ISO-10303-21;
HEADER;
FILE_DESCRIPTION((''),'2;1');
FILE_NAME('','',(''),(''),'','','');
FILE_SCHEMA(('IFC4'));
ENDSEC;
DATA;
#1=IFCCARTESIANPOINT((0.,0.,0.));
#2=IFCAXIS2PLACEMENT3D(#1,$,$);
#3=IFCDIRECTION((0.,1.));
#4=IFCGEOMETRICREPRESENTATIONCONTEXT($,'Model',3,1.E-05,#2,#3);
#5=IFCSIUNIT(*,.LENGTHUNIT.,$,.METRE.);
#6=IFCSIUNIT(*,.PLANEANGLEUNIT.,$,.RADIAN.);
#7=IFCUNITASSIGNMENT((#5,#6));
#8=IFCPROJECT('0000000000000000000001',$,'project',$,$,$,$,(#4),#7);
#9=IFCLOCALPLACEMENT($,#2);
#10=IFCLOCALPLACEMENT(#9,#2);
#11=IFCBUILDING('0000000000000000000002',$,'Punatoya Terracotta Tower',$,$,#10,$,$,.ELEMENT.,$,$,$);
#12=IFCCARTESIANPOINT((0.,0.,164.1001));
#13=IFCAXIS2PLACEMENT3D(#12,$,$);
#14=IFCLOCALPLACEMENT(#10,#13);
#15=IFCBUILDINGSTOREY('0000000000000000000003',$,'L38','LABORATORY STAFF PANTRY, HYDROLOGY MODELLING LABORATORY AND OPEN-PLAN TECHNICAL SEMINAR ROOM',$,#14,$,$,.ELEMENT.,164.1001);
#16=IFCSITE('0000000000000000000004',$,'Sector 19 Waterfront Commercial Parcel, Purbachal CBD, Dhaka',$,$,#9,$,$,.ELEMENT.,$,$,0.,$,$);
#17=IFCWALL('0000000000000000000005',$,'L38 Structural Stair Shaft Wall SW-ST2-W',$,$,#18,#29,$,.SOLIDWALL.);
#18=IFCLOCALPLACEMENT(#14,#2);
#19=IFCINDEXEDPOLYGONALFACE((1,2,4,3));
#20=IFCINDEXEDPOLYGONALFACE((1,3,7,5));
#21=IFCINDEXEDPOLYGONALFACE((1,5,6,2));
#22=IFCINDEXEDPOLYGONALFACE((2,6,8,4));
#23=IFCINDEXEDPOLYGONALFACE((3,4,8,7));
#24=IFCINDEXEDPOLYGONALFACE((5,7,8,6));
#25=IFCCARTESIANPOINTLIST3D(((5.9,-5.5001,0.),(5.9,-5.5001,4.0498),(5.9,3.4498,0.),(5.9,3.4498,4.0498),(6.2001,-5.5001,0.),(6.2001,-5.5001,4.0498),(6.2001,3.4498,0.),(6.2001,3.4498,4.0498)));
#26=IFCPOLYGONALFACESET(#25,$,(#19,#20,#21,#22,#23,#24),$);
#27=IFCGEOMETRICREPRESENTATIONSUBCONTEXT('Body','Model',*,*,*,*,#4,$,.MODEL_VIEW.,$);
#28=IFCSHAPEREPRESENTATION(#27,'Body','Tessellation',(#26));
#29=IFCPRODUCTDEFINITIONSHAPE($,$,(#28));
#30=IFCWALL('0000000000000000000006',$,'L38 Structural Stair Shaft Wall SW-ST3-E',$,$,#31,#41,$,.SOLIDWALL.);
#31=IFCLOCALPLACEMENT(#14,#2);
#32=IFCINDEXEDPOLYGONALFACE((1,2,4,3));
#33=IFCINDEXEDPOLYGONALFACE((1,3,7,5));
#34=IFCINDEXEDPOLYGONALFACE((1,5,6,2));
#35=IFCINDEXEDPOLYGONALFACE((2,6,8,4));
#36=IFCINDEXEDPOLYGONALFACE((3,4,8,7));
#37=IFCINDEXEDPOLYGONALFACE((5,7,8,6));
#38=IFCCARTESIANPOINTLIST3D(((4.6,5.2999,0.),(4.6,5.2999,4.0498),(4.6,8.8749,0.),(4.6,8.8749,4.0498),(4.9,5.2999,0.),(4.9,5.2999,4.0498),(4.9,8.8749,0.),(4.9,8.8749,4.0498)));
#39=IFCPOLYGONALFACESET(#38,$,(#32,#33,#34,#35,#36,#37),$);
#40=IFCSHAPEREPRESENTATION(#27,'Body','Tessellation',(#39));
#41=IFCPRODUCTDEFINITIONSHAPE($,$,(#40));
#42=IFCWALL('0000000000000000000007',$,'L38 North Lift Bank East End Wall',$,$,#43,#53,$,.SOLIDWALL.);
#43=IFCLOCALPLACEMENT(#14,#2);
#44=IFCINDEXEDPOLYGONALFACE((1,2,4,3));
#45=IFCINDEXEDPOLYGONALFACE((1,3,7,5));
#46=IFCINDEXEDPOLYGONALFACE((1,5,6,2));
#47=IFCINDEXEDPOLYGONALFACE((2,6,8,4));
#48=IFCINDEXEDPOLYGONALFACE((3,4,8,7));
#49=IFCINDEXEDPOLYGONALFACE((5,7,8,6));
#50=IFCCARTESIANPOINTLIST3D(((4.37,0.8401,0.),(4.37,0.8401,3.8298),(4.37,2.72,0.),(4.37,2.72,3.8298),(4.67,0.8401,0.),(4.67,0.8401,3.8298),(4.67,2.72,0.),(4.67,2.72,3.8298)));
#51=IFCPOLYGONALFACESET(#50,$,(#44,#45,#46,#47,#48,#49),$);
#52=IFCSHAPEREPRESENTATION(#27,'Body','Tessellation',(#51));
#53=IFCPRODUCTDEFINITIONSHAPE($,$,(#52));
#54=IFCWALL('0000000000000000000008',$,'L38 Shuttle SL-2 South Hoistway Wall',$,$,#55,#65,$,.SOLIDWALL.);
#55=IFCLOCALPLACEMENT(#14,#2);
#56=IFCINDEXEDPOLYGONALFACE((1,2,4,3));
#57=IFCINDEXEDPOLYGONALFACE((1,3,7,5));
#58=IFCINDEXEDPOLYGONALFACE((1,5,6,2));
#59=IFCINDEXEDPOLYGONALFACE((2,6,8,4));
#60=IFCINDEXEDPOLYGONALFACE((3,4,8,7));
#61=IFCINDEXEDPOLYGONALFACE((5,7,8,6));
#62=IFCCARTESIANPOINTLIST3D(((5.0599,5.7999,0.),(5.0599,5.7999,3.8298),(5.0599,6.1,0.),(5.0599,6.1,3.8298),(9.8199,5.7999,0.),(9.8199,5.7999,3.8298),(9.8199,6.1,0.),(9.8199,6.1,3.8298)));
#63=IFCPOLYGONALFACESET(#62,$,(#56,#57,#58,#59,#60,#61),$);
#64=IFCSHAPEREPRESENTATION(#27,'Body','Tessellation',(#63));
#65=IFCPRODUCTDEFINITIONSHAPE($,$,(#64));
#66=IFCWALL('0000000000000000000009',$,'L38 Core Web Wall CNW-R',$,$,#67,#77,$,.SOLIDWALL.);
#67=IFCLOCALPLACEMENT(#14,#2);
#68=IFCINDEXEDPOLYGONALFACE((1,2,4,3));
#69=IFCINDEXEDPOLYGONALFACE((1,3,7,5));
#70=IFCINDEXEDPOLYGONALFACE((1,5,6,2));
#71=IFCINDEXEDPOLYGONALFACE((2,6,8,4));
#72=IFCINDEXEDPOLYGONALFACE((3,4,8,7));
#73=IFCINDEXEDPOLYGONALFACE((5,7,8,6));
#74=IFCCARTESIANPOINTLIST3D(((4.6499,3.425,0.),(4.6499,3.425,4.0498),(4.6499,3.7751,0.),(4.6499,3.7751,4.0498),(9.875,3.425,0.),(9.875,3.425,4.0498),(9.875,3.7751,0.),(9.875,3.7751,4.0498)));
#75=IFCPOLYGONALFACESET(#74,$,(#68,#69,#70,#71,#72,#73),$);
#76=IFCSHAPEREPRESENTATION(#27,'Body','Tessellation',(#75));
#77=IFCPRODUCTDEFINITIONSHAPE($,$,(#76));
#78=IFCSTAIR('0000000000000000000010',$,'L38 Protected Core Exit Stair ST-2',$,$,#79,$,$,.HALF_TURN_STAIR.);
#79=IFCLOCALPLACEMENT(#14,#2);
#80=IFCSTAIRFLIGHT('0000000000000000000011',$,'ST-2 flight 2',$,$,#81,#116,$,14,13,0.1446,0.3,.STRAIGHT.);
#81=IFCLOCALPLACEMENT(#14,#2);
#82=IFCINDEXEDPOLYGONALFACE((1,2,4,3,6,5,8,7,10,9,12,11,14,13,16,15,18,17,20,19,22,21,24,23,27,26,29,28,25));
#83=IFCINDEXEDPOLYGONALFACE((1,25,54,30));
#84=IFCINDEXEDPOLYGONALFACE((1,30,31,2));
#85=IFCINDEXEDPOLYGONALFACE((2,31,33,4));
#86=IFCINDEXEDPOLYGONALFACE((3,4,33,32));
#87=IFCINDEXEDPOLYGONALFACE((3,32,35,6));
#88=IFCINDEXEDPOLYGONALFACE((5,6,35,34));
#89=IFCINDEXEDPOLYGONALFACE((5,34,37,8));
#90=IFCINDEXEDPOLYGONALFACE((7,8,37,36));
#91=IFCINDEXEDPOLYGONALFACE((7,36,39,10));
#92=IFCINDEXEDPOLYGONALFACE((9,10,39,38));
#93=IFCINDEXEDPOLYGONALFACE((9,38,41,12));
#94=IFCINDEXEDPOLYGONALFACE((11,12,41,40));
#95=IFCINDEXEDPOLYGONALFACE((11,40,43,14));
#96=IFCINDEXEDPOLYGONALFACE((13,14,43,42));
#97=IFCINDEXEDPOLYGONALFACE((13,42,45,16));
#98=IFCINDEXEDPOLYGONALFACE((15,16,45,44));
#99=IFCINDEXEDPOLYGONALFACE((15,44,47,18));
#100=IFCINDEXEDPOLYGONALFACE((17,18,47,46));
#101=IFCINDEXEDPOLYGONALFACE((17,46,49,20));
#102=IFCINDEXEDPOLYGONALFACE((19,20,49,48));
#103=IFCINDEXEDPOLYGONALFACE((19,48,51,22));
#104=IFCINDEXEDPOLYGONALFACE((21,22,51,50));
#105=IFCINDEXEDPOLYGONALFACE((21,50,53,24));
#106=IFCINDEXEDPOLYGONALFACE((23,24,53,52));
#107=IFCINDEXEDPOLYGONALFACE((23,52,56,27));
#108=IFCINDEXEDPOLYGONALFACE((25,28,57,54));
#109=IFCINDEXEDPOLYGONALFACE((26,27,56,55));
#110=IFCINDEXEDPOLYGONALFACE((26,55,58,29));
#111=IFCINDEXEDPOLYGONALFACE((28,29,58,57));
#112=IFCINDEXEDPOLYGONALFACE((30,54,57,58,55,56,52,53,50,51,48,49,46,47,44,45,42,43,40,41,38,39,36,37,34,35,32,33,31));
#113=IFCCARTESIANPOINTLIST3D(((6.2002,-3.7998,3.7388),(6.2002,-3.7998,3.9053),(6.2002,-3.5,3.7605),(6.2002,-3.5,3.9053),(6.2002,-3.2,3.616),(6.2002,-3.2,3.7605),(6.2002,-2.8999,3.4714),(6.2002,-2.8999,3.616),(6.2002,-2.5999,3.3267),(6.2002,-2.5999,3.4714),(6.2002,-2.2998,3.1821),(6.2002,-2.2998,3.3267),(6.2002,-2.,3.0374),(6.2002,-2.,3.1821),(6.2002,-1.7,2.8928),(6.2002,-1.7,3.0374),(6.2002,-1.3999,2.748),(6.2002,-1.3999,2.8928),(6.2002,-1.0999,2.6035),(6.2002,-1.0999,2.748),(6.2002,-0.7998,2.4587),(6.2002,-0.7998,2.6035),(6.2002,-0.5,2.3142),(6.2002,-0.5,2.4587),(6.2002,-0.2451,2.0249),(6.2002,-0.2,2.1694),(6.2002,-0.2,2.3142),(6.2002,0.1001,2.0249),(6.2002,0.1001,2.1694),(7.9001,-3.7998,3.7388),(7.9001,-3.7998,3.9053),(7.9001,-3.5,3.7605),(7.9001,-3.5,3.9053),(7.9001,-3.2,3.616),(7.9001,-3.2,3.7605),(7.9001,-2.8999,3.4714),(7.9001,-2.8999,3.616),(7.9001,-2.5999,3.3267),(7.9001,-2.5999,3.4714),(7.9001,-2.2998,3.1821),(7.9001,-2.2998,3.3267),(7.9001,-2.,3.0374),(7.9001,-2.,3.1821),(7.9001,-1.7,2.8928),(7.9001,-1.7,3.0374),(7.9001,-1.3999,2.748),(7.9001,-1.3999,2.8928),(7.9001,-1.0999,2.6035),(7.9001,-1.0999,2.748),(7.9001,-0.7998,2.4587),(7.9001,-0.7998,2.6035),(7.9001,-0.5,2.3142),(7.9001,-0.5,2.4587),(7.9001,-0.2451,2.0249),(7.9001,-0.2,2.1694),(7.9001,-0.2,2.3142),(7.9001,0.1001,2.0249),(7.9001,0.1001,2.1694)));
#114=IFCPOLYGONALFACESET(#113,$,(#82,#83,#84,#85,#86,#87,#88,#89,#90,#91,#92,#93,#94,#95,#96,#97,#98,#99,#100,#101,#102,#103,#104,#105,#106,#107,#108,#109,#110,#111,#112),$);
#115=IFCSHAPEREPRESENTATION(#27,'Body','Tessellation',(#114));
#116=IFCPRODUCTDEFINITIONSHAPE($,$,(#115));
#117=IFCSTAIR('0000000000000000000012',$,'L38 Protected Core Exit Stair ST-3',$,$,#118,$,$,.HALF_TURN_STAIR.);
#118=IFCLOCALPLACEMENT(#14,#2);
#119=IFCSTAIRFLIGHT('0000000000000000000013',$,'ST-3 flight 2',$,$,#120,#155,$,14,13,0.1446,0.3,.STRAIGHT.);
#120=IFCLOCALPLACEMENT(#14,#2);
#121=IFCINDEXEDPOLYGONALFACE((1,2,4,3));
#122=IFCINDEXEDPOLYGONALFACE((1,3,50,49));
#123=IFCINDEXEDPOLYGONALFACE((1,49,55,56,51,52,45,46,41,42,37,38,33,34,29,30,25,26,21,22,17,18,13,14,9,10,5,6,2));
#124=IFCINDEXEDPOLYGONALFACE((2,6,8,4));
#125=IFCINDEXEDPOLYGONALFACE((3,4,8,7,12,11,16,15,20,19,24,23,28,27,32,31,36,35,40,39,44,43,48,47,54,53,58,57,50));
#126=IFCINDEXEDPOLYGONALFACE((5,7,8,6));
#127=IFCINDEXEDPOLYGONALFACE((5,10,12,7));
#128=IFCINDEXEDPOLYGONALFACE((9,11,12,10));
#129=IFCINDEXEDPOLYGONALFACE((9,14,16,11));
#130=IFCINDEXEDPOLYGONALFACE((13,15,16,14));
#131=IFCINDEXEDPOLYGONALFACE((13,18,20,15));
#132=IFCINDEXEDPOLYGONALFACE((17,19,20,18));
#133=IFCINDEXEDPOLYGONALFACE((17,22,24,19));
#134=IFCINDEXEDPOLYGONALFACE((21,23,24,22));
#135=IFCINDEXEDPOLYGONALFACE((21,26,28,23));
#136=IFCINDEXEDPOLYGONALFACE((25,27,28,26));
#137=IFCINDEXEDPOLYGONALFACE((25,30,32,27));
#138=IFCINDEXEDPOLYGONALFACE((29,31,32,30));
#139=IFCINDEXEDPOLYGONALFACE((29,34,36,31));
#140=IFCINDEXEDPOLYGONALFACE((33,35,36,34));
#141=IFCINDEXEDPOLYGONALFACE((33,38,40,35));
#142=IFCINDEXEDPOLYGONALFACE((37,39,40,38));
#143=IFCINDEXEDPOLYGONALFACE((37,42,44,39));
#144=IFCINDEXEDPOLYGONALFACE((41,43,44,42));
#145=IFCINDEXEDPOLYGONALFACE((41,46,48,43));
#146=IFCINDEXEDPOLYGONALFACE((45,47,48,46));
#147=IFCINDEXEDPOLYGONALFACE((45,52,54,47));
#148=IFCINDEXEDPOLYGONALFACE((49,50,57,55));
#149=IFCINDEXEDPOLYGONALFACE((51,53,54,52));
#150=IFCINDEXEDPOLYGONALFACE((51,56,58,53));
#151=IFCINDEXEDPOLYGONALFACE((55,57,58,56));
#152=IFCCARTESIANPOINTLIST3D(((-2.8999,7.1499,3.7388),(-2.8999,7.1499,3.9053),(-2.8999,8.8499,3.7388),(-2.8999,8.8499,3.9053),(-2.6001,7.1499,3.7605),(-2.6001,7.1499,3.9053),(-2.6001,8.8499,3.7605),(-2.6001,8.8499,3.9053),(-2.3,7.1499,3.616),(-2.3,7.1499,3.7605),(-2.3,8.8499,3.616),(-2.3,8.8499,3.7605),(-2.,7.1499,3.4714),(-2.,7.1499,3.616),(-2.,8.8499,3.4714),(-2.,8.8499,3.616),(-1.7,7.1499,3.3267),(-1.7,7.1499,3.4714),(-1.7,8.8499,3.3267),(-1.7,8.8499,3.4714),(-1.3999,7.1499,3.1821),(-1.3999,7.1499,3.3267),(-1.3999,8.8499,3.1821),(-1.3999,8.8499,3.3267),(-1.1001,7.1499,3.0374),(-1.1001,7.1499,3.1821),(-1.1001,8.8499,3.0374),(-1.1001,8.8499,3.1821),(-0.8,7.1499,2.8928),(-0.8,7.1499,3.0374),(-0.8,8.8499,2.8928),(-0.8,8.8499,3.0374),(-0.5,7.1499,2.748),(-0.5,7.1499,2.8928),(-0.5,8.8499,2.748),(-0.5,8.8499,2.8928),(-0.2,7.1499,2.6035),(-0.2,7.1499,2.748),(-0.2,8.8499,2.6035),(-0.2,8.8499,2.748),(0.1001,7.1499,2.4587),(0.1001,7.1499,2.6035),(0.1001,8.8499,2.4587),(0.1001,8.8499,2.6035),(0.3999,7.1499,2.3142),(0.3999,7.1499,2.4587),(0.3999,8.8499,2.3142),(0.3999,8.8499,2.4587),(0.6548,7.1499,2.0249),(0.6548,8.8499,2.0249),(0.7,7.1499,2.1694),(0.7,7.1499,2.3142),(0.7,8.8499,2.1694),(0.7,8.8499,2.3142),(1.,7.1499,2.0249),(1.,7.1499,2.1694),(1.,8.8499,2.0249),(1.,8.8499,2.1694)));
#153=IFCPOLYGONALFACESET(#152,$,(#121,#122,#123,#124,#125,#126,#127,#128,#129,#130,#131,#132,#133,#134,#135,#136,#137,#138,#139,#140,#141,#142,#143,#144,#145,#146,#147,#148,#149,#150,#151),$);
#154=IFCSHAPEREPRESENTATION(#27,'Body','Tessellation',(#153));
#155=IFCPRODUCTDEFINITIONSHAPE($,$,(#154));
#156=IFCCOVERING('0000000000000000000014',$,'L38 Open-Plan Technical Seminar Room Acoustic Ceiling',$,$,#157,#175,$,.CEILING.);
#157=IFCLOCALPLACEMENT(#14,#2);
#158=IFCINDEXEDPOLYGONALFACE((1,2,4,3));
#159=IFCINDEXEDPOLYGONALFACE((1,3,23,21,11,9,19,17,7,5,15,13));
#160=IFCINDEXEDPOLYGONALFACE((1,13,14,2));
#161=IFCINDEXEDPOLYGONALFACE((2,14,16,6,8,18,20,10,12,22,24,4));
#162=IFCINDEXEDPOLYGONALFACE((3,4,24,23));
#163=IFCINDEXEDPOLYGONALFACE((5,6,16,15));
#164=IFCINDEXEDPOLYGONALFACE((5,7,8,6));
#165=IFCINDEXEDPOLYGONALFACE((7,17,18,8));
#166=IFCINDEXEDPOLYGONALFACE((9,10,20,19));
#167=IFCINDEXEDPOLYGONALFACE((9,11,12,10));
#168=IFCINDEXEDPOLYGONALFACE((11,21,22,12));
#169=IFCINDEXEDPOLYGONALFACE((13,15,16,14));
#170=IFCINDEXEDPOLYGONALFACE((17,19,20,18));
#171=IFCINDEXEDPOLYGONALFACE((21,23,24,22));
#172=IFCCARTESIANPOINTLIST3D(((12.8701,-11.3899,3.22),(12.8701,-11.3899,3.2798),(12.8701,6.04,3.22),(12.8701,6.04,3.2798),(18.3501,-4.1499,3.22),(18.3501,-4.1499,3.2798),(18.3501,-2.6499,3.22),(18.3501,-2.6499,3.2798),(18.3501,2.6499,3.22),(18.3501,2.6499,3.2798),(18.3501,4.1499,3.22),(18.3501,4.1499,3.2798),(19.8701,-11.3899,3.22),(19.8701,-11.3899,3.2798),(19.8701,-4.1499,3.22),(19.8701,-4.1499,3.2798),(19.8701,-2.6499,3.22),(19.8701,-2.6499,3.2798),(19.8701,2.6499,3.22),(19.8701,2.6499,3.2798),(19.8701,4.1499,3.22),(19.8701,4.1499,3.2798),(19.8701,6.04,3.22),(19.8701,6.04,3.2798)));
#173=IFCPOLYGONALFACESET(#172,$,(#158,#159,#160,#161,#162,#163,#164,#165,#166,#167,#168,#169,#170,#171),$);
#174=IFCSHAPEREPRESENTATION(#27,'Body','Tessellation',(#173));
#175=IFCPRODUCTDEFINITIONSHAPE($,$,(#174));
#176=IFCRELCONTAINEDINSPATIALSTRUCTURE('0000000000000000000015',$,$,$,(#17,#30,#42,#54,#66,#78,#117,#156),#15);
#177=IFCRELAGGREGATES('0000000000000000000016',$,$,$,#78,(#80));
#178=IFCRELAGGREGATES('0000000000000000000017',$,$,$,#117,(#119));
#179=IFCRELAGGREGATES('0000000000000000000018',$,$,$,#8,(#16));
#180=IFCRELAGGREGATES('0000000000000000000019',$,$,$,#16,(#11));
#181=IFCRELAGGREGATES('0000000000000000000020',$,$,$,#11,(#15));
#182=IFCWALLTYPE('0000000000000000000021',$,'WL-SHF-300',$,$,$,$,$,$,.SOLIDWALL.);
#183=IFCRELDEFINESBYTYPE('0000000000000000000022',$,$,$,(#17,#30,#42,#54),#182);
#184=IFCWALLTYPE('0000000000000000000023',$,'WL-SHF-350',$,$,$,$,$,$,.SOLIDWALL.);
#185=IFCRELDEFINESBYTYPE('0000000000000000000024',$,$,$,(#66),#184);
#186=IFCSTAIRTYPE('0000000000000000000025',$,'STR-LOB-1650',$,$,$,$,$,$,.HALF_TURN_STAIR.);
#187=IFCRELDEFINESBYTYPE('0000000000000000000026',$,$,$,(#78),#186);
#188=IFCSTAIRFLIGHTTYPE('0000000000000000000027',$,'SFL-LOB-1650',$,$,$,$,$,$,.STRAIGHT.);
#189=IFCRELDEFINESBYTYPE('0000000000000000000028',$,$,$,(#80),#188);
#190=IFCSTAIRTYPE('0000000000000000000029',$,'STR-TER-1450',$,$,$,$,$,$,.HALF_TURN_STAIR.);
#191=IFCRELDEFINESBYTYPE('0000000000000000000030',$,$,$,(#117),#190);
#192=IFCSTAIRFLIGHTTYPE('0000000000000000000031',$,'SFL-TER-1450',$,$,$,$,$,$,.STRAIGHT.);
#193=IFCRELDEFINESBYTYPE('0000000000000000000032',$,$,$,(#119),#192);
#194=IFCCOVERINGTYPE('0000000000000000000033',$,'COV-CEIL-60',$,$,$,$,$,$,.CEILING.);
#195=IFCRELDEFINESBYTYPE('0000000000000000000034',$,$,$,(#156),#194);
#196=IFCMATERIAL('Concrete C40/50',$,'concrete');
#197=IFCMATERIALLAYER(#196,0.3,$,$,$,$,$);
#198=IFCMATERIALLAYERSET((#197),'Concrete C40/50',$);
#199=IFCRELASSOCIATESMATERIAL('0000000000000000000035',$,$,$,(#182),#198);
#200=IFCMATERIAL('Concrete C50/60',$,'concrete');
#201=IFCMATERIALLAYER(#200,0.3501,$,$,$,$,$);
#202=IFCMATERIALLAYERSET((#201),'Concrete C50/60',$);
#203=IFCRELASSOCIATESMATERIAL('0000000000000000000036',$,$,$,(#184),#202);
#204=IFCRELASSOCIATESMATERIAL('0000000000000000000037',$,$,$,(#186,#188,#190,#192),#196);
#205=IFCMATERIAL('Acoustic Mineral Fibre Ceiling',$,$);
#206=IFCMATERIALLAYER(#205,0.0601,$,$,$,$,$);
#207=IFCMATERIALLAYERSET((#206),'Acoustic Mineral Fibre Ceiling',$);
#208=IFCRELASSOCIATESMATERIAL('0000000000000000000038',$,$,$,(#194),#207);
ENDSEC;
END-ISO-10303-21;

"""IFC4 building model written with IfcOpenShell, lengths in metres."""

from ifc_helpers import new_model, si_unit, direction, frame, frame_2d, origin, place, context, subcontext, project, spatial, polyline, rectangle, outline, extrude, material, layer, layer_set, type_object, element, aggregate, save


model = new_model("IFC4")

# Units and contexts
model_context = context("Model", 3, precision=1e-05, world=origin(), true_north=direction((0.0, 1.0)))
body_context = subcontext(model_context, "Body", "Model", "MODEL_VIEW")
ifc_project = project(units=[si_unit("LENGTHUNIT", "METRE"), si_unit("PLANEANGLEUNIT", "RADIAN")], contexts=[model_context])

# Site, building, storey
site_placement = place(None, origin())
site = spatial("IfcSite", under=ifc_project, at=site_placement, Name="Sector 19 Waterfront Commercial Parcel, Purbachal CBD, Dhaka", CompositionType="ELEMENT", RefElevation=0.0)
building_placement = place(site_placement, origin())
building = spatial("IfcBuilding", under=site, at=building_placement, Name="Punatoya Terracotta Tower", CompositionType="ELEMENT")
storey_placement = place(building_placement, frame((0.0, 0.0, 164.1001)))
storey = spatial("IfcBuildingStorey", under=building, at=storey_placement, Name="L38", Description="LABORATORY STAFF PANTRY, HYDROLOGY MODELLING LABORATORY AND OPEN-PLAN TECHNICAL SEMINAR ROOM", CompositionType="ELEMENT", Elevation=164.1001)

# Walls
ifc_material_1 = material(Name="Concrete C40/50", Category="concrete")
ifc_layer_1 = layer(ifc_material_1, 0.3)
ifc_layer_set_1 = layer_set([ifc_layer_1], Name="Concrete C40/50")
wall_type_1 = type_object("IfcWallType", Name="WL-SHF-300", PredefinedType="SOLIDWALL", material=ifc_layer_set_1)
wall_1_placement = place(storey_placement, frame((6.05, 3.45, 0.0), z_axis=(0.0, 0.0, 1.0), x_axis=(0.0, -1.0, 0.0)))
element("IfcWall", 1, at=wall_1_placement, inside=storey, type_object=wall_type_1, Name="L38 Structural Stair Shaft Wall SW-ST2-W", PredefinedType="SOLIDWALL", context=body_context, shape_type="SweptSolid", body=[
    extrude(rectangle(XDim=8.95, YDim=0.3, at=frame_2d((4.4751, 0.0))), origin(), (0.0, 0.0, 1.0), 4.0498),
])
wall_2_placement = place(storey_placement, frame((4.75, 8.875, 0.0), z_axis=(0.0, 0.0, 1.0), x_axis=(0.0, -1.0, 0.0)))
element("IfcWall", 2, at=wall_2_placement, inside=storey, type_object=wall_type_1, Name="L38 Structural Stair Shaft Wall SW-ST3-E", PredefinedType="SOLIDWALL", context=body_context, shape_type="SweptSolid", body=[
    extrude(rectangle(XDim=3.575, YDim=0.3, at=frame_2d((1.7876, 0.0))), origin(), (0.0, 0.0, 1.0), 4.0498),
])
wall_3_placement = place(storey_placement, frame((4.52, 0.8401, 0.0), z_axis=(0.0, 0.0, 1.0), x_axis=(0.0, 1.0, 0.0)))
element("IfcWall", 3, at=wall_3_placement, inside=storey, type_object=wall_type_1, Name="L38 North Lift Bank East End Wall", PredefinedType="SOLIDWALL", context=body_context, shape_type="SweptSolid", body=[
    extrude(rectangle(XDim=1.8799, YDim=0.3, at=frame_2d((0.9399, 0.0))), origin(), (0.0, 0.0, 1.0), 3.8298),
])
wall_4_placement = place(storey_placement, frame((5.0601, 5.95, 0.0), z_axis=(0.0, 0.0, 1.0), x_axis=(1.0, 0.0, 0.0)))
element("IfcWall", 4, at=wall_4_placement, inside=storey, type_object=wall_type_1, Name="L38 Shuttle SL-2 South Hoistway Wall", PredefinedType="SOLIDWALL", context=body_context, shape_type="SweptSolid", body=[
    extrude(rectangle(XDim=4.76, YDim=0.3, at=frame_2d((2.3799, 0.0))), origin(), (0.0, 0.0, 1.0), 3.8298),
])
ifc_material_2 = material(Name="Concrete C50/60", Category="concrete")
ifc_layer_2 = layer(ifc_material_2, 0.3501)
ifc_layer_set_2 = layer_set([ifc_layer_2], Name="Concrete C50/60")
wall_type_2 = type_object("IfcWallType", Name="WL-SHF-350", PredefinedType="SOLIDWALL", material=ifc_layer_set_2)
wall_5_placement = place(storey_placement, frame((4.6499, 3.6001, 0.0), z_axis=(0.0, 0.0, 1.0), x_axis=(1.0, 0.0, 0.0)))
element("IfcWall", 5, at=wall_5_placement, inside=storey, type_object=wall_type_2, Name="L38 Core Web Wall CNW-R", PredefinedType="SOLIDWALL", context=body_context, shape_type="SweptSolid", body=[
    extrude(rectangle(XDim=5.2251, YDim=0.3501, at=frame_2d((2.6125, 0.0))), origin(), (0.0, 0.0, 1.0), 4.0498),
])

# Stairs, stair flights
stair_type_1 = type_object("IfcStairType", Name="STR-LOB-1650", PredefinedType="HALF_TURN_STAIR", material=ifc_material_1)
stair_1_placement = place(storey_placement, origin())
stair_1 = element("IfcStair", 6, at=stair_1_placement, inside=storey, type_object=stair_type_1, Name="L38 Protected Core Exit Stair ST-2", PredefinedType="HALF_TURN_STAIR")
stair_flight_type_1 = type_object("IfcStairFlightType", Name="SFL-LOB-1650", PredefinedType="STRAIGHT", material=ifc_material_1)
stair_flight_1_placement = place(storey_placement, frame((7.05, 0.1001, 2.0249), z_axis=(0.0, 0.0, 1.0), x_axis=(0.0, -1.0, 0.0)))
stair_flight_1 = element("IfcStairFlight", 7, at=stair_flight_1_placement, type_object=stair_flight_type_1, Name="ST-2 flight 2", NumberOfRisers=14, NumberOfTreads=13, PredefinedType="STRAIGHT", RiserHeight=0.1446, TreadLength=0.3, context=body_context, shape_type="SweptSolid", body=[
    extrude(outline(polyline([(0.0, 0.0), (0.0, 0.1445), (0.3, 0.1445), (0.3, 0.2893), (0.6001, 0.2893), (0.6001, 0.4338), (0.8999, 0.4338), (0.8999, 0.5786), (1.2, 0.5786), (1.2, 0.7231), (1.5, 0.7231), (1.5, 0.8679), (1.8, 0.8679), (1.8, 1.0125), (2.1001, 1.0125), (2.1001, 1.1572), (2.3999, 1.1572), (2.3999, 1.3018), (2.7, 1.3018), (2.7, 1.4465), (3.0, 1.4465), (3.0, 1.5911), (3.3, 1.5911), (3.3, 1.7356), (3.6001, 1.7356), (3.6001, 1.8804), (3.8999, 1.8804), (3.8999, 2.0249), (3.8999, 1.7139), (0.3452, 0.0), (0.0, 0.0)])), frame((0.0, 0.8501, 0.0), z_axis=(0.0, -1.0, 0.0), x_axis=(1.0, 0.0, 0.0)), (0.0, 0.0, 1.0), 1.7),
])
aggregate(stair_1, [stair_flight_1])
stair_type_2 = type_object("IfcStairType", Name="STR-TER-1450", PredefinedType="HALF_TURN_STAIR", material=ifc_material_1)
stair_2_placement = place(storey_placement, origin())
stair_2 = element("IfcStair", 8, at=stair_2_placement, inside=storey, type_object=stair_type_2, Name="L38 Protected Core Exit Stair ST-3", PredefinedType="HALF_TURN_STAIR")
stair_flight_type_2 = type_object("IfcStairFlightType", Name="SFL-TER-1450", PredefinedType="STRAIGHT", material=ifc_material_1)
stair_flight_2_placement = place(storey_placement, frame((1.0, 8.0, 2.0249), z_axis=(0.0, 0.0, 1.0), x_axis=(-1.0, 0.0, 0.0)))
stair_flight_2 = element("IfcStairFlight", 9, at=stair_flight_2_placement, type_object=stair_flight_type_2, Name="ST-3 flight 2", NumberOfRisers=14, NumberOfTreads=13, PredefinedType="STRAIGHT", RiserHeight=0.1446, TreadLength=0.3, context=body_context, shape_type="SweptSolid", body=[
    extrude(outline(polyline([(0.0, 0.0), (0.0, 0.1445), (0.3, 0.1445), (0.3, 0.2893), (0.6001, 0.2893), (0.6001, 0.4338), (0.8999, 0.4338), (0.8999, 0.5786), (1.2, 0.5786), (1.2, 0.7231), (1.5, 0.7231), (1.5, 0.8679), (1.8, 0.8679), (1.8, 1.0125), (2.1001, 1.0125), (2.1001, 1.1572), (2.3999, 1.1572), (2.3999, 1.3018), (2.7, 1.3018), (2.7, 1.4465), (3.0, 1.4465), (3.0, 1.5911), (3.3, 1.5911), (3.3, 1.7356), (3.6001, 1.7356), (3.6001, 1.8804), (3.8999, 1.8804), (3.8999, 2.0249), (3.8999, 1.7139), (0.3452, 0.0), (0.0, 0.0)])), frame((0.0, 0.8501, 0.0), z_axis=(0.0, -1.0, 0.0), x_axis=(1.0, 0.0, 0.0)), (0.0, 0.0, 1.0), 1.7),
])
aggregate(stair_2, [stair_flight_2])

# Covering
ifc_material_3 = material(Name="Acoustic Mineral Fibre Ceiling")
ifc_layer_3 = layer(ifc_material_3, 0.0601)
ifc_layer_set_3 = layer_set([ifc_layer_3], Name="Acoustic Mineral Fibre Ceiling")
covering_type = type_object("IfcCoveringType", Name="COV-CEIL-60", PredefinedType="CEILING", material=ifc_layer_set_3)
covering_1_placement = place(storey_placement, frame((0.0, 0.0, 3.22)))
element("IfcCovering", 10, at=covering_1_placement, inside=storey, type_object=covering_type, Name="L38 Open-Plan Technical Seminar Room Acoustic Ceiling", PredefinedType="CEILING", context=body_context, shape_type="SweptSolid", body=[
    extrude(outline(polyline([(12.8701, 6.04), (12.8701, -11.3899), (19.8701, -11.3899), (19.8701, -4.1499), (18.3501, -4.1499), (18.3501, -2.6499), (19.8701, -2.6499), (19.8701, 2.6499), (18.3501, 2.6499), (18.3501, 4.1499), (19.8701, 4.1499), (19.8701, 6.04), (12.8701, 6.04)])), origin(), (0.0, 0.0, 1.0), 0.0598),
])

save(model, "model.ifc")
